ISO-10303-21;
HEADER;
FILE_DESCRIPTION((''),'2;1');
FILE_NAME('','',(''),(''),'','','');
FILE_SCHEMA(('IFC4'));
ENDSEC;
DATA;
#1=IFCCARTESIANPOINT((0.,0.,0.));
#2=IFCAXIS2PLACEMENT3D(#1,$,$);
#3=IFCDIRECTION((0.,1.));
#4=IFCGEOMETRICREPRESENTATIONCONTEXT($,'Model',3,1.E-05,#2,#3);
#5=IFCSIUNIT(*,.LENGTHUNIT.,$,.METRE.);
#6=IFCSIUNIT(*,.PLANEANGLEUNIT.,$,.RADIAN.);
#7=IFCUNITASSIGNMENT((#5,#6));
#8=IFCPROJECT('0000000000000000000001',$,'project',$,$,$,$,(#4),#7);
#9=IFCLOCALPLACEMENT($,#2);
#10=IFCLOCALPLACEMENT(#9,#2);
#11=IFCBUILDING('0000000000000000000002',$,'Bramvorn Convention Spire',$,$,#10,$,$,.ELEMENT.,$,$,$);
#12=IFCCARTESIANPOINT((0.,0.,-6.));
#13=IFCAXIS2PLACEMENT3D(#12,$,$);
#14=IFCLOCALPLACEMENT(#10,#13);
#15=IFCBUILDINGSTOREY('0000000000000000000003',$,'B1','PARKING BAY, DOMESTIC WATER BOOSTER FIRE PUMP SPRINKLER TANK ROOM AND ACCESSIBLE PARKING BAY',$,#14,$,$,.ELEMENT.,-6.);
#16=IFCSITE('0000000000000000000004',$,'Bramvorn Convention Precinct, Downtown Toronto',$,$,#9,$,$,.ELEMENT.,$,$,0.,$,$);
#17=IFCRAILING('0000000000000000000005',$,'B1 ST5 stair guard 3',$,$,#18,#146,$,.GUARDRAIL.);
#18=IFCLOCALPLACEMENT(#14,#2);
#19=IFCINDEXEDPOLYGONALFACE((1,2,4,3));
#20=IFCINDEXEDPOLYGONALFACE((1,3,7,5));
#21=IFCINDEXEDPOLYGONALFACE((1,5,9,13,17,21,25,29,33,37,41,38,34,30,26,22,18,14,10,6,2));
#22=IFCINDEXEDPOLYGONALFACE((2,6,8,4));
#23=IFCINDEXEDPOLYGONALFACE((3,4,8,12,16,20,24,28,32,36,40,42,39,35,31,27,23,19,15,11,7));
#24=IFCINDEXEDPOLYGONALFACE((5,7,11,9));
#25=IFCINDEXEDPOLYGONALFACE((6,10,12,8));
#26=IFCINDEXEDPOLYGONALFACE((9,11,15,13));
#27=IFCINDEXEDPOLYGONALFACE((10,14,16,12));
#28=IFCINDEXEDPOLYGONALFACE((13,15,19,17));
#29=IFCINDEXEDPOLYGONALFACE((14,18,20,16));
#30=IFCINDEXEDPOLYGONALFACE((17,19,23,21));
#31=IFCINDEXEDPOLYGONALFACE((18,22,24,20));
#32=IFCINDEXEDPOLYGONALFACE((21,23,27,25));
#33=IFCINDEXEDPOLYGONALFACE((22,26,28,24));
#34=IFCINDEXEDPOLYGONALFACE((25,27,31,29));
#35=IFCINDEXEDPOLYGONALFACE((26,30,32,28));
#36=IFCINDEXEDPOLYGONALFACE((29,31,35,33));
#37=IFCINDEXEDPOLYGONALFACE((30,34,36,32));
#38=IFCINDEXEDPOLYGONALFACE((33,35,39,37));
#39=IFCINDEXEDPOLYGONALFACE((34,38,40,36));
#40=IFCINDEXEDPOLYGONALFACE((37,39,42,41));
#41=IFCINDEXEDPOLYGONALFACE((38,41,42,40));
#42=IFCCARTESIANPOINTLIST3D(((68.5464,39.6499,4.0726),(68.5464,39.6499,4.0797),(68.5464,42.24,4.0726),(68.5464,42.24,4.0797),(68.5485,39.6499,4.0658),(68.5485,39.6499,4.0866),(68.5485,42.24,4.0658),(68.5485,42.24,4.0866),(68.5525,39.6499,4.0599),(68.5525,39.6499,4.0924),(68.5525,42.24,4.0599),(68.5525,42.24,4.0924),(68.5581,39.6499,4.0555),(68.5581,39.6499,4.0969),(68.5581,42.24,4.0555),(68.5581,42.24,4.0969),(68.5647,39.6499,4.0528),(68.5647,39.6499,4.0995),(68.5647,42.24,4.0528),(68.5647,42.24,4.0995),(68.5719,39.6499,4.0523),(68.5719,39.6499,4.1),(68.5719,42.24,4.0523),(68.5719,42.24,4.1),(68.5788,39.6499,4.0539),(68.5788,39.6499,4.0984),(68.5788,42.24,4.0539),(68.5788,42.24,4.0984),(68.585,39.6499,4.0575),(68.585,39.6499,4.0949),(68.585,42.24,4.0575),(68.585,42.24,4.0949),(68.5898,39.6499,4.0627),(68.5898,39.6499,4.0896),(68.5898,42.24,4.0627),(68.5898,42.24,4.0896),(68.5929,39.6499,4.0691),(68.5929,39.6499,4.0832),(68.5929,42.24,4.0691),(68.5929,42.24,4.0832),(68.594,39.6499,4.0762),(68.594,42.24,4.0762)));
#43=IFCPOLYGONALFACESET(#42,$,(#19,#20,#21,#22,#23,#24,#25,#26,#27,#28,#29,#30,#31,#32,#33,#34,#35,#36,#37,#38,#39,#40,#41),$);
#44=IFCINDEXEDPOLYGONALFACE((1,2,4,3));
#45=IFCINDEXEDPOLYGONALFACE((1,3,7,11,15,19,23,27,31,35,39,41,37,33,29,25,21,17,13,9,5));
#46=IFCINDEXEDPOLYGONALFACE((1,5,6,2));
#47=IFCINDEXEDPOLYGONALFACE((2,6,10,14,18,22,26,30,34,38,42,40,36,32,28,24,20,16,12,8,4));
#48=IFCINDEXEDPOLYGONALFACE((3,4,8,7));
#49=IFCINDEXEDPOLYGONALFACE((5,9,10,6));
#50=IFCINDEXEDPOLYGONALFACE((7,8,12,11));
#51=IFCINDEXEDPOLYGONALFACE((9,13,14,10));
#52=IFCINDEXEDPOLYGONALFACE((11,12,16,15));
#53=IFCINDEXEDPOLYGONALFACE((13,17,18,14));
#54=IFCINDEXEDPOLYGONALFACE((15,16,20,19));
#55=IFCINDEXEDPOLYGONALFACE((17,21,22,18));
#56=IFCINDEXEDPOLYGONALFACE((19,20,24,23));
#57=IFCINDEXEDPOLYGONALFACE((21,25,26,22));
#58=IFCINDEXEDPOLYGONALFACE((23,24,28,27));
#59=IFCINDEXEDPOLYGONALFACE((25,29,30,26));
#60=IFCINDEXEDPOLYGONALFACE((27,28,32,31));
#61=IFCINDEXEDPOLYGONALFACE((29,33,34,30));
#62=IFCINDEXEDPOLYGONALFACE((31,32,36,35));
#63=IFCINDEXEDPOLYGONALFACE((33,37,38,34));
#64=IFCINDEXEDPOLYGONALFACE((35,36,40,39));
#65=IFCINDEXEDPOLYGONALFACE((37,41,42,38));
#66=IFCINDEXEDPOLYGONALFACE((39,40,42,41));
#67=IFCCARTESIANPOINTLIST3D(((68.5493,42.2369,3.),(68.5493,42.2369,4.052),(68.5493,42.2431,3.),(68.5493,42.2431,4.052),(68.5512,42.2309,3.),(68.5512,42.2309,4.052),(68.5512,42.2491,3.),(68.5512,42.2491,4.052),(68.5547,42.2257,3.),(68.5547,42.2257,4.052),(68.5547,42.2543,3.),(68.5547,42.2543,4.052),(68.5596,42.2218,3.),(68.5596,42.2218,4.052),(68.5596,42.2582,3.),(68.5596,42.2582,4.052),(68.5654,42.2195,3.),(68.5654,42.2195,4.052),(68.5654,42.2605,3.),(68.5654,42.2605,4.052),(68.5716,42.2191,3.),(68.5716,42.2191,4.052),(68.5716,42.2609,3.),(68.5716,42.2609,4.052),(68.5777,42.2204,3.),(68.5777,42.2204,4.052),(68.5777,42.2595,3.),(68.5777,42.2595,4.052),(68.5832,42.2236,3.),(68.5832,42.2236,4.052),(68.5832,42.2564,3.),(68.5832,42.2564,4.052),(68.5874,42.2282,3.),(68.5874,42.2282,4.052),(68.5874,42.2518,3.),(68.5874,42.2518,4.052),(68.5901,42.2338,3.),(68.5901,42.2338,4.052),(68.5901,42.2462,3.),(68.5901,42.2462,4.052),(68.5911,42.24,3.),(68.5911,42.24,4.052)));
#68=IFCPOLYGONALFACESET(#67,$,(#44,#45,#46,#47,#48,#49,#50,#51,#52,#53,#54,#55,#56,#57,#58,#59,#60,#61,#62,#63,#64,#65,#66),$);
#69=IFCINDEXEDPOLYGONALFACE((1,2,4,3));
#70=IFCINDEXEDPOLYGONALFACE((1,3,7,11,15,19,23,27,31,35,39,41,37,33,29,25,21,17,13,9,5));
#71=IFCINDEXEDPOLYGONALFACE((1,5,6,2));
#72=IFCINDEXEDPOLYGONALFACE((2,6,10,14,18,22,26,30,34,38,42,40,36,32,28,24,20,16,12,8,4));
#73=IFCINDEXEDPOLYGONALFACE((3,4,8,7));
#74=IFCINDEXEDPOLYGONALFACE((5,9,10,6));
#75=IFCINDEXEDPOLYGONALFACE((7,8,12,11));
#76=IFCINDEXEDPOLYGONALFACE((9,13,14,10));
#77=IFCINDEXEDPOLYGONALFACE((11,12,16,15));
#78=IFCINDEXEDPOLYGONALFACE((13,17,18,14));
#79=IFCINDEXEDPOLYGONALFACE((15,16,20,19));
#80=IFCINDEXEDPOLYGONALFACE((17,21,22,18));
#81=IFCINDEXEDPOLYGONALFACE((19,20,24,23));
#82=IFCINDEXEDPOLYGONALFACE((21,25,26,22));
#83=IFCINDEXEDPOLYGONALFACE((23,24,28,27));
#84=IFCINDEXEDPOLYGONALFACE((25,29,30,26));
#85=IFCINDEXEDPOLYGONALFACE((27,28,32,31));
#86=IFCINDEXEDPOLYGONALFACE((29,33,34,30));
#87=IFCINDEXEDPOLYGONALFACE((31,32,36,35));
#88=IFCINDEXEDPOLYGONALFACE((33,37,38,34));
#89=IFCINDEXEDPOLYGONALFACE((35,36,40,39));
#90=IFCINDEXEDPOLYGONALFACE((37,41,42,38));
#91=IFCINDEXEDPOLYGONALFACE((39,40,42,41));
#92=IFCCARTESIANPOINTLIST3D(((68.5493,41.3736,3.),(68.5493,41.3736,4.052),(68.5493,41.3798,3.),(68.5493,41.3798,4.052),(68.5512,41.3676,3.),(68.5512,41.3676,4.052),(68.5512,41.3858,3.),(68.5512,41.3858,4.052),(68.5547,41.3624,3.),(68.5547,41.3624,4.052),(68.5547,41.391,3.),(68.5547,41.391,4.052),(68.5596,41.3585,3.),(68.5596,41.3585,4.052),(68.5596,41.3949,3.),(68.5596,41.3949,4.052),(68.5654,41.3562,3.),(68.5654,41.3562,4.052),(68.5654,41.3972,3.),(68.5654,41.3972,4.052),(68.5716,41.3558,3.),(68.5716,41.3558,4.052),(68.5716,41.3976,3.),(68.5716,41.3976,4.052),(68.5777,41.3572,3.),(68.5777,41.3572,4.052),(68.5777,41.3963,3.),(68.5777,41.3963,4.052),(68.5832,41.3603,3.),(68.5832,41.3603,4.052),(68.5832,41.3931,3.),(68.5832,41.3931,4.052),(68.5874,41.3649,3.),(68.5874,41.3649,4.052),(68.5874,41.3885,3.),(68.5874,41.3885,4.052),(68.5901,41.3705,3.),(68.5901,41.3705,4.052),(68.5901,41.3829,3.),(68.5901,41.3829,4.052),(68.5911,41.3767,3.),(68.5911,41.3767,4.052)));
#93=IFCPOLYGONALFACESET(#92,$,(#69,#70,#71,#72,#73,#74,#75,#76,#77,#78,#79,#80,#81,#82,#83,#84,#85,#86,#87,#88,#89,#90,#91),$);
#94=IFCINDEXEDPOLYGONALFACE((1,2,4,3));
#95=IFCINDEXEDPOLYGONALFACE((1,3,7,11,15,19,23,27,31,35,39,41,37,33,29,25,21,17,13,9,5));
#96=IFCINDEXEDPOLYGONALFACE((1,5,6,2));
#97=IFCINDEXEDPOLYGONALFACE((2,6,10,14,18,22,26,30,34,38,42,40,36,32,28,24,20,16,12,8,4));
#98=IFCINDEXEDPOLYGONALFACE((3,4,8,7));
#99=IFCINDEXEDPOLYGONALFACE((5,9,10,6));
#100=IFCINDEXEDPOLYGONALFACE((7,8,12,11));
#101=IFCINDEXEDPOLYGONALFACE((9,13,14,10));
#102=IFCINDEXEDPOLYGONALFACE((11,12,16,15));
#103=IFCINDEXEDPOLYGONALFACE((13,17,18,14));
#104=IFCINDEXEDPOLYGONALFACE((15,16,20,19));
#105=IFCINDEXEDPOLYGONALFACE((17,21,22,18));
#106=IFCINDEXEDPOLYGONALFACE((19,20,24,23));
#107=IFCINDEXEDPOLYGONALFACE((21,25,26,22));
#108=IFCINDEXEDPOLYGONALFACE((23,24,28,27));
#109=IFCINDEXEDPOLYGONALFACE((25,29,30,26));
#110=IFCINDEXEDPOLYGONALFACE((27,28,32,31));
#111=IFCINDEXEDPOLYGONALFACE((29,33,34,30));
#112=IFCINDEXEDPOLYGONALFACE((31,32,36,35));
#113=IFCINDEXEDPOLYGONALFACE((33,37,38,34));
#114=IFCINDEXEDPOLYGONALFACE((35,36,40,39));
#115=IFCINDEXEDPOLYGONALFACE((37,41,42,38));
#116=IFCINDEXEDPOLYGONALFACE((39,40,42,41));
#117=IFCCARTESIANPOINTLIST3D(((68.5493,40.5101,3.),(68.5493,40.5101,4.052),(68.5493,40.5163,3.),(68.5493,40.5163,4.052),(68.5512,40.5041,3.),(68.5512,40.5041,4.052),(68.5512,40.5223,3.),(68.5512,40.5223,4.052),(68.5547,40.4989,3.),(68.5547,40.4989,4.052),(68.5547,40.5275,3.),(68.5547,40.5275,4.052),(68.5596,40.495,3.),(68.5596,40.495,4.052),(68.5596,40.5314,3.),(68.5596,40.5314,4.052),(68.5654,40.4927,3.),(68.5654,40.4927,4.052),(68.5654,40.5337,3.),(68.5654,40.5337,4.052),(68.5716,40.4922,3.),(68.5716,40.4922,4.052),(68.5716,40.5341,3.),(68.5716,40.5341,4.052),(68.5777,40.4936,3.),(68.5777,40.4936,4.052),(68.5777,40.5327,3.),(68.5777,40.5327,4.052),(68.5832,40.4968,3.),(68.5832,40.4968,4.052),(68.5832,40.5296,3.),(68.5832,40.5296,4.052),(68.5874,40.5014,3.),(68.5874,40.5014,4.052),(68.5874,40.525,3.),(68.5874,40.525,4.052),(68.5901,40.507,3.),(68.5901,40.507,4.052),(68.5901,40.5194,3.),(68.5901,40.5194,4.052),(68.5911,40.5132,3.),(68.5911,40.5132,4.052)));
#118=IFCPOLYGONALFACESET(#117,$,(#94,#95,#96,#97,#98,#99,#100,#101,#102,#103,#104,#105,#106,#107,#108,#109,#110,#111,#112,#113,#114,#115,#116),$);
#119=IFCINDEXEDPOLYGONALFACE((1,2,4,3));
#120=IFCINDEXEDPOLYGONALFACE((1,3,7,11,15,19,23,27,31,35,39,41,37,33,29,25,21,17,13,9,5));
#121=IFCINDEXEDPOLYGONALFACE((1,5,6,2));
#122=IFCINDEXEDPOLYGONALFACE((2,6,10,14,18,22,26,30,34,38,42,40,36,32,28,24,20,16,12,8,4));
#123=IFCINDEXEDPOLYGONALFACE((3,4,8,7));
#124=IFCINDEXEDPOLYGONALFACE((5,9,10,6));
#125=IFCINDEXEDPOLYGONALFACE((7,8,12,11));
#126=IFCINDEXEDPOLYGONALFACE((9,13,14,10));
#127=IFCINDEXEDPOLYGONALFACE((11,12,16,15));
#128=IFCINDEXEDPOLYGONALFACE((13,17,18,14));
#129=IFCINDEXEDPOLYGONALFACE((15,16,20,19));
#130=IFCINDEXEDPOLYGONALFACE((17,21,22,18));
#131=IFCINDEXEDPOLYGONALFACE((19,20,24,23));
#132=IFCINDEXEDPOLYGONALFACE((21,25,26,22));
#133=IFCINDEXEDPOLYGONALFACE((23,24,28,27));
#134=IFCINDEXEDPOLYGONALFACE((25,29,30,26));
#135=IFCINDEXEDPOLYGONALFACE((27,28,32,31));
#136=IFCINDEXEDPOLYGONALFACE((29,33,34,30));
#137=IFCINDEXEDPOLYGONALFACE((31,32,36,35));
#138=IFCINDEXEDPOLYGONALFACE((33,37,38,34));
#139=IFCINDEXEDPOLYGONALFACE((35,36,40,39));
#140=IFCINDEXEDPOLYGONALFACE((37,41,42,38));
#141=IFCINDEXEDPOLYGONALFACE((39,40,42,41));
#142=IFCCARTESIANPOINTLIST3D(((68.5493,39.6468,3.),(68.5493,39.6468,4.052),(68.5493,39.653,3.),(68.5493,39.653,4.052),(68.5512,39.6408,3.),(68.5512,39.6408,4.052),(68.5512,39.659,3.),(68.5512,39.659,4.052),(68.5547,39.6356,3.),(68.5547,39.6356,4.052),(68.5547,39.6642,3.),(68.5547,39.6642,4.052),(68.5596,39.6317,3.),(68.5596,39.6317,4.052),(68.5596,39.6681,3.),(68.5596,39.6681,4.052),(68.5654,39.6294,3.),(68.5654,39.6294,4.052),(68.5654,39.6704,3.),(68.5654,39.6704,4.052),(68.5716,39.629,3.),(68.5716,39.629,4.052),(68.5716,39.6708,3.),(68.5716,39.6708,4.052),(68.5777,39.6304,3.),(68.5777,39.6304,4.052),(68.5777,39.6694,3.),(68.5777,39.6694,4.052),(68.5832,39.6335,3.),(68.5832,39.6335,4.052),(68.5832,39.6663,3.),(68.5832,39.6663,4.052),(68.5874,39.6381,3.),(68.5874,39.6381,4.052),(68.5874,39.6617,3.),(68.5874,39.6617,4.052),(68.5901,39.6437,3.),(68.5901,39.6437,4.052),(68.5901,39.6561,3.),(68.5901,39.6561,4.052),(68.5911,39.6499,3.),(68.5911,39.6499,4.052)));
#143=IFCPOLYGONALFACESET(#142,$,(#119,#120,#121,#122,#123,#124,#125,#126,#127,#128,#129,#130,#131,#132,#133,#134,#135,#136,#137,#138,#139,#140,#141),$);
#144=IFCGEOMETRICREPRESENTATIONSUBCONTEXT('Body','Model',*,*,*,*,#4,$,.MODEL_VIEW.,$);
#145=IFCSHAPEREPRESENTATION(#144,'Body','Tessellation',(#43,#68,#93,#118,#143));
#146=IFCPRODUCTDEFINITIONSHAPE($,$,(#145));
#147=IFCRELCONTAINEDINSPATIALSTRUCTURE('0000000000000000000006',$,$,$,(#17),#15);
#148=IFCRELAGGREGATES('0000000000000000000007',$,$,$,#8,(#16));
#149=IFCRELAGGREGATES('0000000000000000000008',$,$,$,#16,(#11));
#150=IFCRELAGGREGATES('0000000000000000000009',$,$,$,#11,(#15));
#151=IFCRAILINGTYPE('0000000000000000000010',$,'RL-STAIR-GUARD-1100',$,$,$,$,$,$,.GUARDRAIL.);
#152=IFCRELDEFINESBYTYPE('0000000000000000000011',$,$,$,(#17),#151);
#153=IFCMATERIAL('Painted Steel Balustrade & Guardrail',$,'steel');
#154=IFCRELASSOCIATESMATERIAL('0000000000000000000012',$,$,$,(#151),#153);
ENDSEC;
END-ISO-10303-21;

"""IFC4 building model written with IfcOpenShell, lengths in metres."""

from ifc_helpers import new_model, si_unit, direction, frame, origin, origin_2d, place, context, subcontext, project, spatial, circle, extrude, material, type_object, element, save


model = new_model("IFC4")

# Units and contexts
model_context = context("Model", 3, precision=1e-05, world=origin(), true_north=direction((0.0, 1.0)))
body_context = subcontext(model_context, "Body", "Model", "MODEL_VIEW")
ifc_project = project(units=[si_unit("LENGTHUNIT", "METRE"), si_unit("PLANEANGLEUNIT", "RADIAN")], contexts=[model_context])

# Site, building, storey
site_placement = place(None, origin())
site = spatial("IfcSite", under=ifc_project, at=site_placement, Name="Bramvorn Convention Precinct, Downtown Toronto", CompositionType="ELEMENT", RefElevation=0.0)
building_placement = place(site_placement, origin())
building = spatial("IfcBuilding", under=site, at=building_placement, Name="Bramvorn Convention Spire", CompositionType="ELEMENT")
storey_placement = place(building_placement, frame((0.0, 0.0, -6.0)))
storey = spatial("IfcBuildingStorey", under=building, at=storey_placement, Name="B1", Description="PARKING BAY, DOMESTIC WATER BOOSTER FIRE PUMP SPRINKLER TANK ROOM AND ACCESSIBLE PARKING BAY", CompositionType="ELEMENT", Elevation=-6.0)

# Railing
ifc_material_1 = material(Name="Painted Steel Balustrade & Guardrail", Category="steel")
railing_type_1 = type_object("IfcRailingType", Name="RL-STAIR-GUARD-1100", PredefinedType="GUARDRAIL", material=ifc_material_1)
for number, where, name in (
    (1, (68.5701, 42.24, 3.0), "B1 ST5 stair guard 3"),
):
    element("IfcRailing", number, at=place(storey_placement, frame(where)), inside=storey, type_object=railing_type_1, Name=name, PredefinedType="GUARDRAIL", context=body_context, shape_type="SweptSolid", body=[
        extrude(circle(Radius=0.0239, at=origin_2d()), frame((0.0, 0.0, 1.0762), z_axis=(0.0, -1.0, 0.0), x_axis=(1.0, 0.0, 0.0)), (0.0, 0.0, 1.0), 2.5901),
        extrude(circle(Radius=0.021, at=origin_2d()), origin(), (0.0, 0.0, 1.0), 1.052),
        extrude(circle(Radius=0.021, at=origin_2d()), frame((0.0, -0.8633, 0.0)), (0.0, 0.0, 1.0), 1.052),
        extrude(circle(Radius=0.021, at=origin_2d()), frame((0.0, -1.7268, 0.0)), (0.0, 0.0, 1.0), 1.052),
        extrude(circle(Radius=0.021, at=origin_2d()), frame((0.0, -2.5901, 0.0)), (0.0, 0.0, 1.0), 1.052),
    ])

save(model, "model.ifc")
